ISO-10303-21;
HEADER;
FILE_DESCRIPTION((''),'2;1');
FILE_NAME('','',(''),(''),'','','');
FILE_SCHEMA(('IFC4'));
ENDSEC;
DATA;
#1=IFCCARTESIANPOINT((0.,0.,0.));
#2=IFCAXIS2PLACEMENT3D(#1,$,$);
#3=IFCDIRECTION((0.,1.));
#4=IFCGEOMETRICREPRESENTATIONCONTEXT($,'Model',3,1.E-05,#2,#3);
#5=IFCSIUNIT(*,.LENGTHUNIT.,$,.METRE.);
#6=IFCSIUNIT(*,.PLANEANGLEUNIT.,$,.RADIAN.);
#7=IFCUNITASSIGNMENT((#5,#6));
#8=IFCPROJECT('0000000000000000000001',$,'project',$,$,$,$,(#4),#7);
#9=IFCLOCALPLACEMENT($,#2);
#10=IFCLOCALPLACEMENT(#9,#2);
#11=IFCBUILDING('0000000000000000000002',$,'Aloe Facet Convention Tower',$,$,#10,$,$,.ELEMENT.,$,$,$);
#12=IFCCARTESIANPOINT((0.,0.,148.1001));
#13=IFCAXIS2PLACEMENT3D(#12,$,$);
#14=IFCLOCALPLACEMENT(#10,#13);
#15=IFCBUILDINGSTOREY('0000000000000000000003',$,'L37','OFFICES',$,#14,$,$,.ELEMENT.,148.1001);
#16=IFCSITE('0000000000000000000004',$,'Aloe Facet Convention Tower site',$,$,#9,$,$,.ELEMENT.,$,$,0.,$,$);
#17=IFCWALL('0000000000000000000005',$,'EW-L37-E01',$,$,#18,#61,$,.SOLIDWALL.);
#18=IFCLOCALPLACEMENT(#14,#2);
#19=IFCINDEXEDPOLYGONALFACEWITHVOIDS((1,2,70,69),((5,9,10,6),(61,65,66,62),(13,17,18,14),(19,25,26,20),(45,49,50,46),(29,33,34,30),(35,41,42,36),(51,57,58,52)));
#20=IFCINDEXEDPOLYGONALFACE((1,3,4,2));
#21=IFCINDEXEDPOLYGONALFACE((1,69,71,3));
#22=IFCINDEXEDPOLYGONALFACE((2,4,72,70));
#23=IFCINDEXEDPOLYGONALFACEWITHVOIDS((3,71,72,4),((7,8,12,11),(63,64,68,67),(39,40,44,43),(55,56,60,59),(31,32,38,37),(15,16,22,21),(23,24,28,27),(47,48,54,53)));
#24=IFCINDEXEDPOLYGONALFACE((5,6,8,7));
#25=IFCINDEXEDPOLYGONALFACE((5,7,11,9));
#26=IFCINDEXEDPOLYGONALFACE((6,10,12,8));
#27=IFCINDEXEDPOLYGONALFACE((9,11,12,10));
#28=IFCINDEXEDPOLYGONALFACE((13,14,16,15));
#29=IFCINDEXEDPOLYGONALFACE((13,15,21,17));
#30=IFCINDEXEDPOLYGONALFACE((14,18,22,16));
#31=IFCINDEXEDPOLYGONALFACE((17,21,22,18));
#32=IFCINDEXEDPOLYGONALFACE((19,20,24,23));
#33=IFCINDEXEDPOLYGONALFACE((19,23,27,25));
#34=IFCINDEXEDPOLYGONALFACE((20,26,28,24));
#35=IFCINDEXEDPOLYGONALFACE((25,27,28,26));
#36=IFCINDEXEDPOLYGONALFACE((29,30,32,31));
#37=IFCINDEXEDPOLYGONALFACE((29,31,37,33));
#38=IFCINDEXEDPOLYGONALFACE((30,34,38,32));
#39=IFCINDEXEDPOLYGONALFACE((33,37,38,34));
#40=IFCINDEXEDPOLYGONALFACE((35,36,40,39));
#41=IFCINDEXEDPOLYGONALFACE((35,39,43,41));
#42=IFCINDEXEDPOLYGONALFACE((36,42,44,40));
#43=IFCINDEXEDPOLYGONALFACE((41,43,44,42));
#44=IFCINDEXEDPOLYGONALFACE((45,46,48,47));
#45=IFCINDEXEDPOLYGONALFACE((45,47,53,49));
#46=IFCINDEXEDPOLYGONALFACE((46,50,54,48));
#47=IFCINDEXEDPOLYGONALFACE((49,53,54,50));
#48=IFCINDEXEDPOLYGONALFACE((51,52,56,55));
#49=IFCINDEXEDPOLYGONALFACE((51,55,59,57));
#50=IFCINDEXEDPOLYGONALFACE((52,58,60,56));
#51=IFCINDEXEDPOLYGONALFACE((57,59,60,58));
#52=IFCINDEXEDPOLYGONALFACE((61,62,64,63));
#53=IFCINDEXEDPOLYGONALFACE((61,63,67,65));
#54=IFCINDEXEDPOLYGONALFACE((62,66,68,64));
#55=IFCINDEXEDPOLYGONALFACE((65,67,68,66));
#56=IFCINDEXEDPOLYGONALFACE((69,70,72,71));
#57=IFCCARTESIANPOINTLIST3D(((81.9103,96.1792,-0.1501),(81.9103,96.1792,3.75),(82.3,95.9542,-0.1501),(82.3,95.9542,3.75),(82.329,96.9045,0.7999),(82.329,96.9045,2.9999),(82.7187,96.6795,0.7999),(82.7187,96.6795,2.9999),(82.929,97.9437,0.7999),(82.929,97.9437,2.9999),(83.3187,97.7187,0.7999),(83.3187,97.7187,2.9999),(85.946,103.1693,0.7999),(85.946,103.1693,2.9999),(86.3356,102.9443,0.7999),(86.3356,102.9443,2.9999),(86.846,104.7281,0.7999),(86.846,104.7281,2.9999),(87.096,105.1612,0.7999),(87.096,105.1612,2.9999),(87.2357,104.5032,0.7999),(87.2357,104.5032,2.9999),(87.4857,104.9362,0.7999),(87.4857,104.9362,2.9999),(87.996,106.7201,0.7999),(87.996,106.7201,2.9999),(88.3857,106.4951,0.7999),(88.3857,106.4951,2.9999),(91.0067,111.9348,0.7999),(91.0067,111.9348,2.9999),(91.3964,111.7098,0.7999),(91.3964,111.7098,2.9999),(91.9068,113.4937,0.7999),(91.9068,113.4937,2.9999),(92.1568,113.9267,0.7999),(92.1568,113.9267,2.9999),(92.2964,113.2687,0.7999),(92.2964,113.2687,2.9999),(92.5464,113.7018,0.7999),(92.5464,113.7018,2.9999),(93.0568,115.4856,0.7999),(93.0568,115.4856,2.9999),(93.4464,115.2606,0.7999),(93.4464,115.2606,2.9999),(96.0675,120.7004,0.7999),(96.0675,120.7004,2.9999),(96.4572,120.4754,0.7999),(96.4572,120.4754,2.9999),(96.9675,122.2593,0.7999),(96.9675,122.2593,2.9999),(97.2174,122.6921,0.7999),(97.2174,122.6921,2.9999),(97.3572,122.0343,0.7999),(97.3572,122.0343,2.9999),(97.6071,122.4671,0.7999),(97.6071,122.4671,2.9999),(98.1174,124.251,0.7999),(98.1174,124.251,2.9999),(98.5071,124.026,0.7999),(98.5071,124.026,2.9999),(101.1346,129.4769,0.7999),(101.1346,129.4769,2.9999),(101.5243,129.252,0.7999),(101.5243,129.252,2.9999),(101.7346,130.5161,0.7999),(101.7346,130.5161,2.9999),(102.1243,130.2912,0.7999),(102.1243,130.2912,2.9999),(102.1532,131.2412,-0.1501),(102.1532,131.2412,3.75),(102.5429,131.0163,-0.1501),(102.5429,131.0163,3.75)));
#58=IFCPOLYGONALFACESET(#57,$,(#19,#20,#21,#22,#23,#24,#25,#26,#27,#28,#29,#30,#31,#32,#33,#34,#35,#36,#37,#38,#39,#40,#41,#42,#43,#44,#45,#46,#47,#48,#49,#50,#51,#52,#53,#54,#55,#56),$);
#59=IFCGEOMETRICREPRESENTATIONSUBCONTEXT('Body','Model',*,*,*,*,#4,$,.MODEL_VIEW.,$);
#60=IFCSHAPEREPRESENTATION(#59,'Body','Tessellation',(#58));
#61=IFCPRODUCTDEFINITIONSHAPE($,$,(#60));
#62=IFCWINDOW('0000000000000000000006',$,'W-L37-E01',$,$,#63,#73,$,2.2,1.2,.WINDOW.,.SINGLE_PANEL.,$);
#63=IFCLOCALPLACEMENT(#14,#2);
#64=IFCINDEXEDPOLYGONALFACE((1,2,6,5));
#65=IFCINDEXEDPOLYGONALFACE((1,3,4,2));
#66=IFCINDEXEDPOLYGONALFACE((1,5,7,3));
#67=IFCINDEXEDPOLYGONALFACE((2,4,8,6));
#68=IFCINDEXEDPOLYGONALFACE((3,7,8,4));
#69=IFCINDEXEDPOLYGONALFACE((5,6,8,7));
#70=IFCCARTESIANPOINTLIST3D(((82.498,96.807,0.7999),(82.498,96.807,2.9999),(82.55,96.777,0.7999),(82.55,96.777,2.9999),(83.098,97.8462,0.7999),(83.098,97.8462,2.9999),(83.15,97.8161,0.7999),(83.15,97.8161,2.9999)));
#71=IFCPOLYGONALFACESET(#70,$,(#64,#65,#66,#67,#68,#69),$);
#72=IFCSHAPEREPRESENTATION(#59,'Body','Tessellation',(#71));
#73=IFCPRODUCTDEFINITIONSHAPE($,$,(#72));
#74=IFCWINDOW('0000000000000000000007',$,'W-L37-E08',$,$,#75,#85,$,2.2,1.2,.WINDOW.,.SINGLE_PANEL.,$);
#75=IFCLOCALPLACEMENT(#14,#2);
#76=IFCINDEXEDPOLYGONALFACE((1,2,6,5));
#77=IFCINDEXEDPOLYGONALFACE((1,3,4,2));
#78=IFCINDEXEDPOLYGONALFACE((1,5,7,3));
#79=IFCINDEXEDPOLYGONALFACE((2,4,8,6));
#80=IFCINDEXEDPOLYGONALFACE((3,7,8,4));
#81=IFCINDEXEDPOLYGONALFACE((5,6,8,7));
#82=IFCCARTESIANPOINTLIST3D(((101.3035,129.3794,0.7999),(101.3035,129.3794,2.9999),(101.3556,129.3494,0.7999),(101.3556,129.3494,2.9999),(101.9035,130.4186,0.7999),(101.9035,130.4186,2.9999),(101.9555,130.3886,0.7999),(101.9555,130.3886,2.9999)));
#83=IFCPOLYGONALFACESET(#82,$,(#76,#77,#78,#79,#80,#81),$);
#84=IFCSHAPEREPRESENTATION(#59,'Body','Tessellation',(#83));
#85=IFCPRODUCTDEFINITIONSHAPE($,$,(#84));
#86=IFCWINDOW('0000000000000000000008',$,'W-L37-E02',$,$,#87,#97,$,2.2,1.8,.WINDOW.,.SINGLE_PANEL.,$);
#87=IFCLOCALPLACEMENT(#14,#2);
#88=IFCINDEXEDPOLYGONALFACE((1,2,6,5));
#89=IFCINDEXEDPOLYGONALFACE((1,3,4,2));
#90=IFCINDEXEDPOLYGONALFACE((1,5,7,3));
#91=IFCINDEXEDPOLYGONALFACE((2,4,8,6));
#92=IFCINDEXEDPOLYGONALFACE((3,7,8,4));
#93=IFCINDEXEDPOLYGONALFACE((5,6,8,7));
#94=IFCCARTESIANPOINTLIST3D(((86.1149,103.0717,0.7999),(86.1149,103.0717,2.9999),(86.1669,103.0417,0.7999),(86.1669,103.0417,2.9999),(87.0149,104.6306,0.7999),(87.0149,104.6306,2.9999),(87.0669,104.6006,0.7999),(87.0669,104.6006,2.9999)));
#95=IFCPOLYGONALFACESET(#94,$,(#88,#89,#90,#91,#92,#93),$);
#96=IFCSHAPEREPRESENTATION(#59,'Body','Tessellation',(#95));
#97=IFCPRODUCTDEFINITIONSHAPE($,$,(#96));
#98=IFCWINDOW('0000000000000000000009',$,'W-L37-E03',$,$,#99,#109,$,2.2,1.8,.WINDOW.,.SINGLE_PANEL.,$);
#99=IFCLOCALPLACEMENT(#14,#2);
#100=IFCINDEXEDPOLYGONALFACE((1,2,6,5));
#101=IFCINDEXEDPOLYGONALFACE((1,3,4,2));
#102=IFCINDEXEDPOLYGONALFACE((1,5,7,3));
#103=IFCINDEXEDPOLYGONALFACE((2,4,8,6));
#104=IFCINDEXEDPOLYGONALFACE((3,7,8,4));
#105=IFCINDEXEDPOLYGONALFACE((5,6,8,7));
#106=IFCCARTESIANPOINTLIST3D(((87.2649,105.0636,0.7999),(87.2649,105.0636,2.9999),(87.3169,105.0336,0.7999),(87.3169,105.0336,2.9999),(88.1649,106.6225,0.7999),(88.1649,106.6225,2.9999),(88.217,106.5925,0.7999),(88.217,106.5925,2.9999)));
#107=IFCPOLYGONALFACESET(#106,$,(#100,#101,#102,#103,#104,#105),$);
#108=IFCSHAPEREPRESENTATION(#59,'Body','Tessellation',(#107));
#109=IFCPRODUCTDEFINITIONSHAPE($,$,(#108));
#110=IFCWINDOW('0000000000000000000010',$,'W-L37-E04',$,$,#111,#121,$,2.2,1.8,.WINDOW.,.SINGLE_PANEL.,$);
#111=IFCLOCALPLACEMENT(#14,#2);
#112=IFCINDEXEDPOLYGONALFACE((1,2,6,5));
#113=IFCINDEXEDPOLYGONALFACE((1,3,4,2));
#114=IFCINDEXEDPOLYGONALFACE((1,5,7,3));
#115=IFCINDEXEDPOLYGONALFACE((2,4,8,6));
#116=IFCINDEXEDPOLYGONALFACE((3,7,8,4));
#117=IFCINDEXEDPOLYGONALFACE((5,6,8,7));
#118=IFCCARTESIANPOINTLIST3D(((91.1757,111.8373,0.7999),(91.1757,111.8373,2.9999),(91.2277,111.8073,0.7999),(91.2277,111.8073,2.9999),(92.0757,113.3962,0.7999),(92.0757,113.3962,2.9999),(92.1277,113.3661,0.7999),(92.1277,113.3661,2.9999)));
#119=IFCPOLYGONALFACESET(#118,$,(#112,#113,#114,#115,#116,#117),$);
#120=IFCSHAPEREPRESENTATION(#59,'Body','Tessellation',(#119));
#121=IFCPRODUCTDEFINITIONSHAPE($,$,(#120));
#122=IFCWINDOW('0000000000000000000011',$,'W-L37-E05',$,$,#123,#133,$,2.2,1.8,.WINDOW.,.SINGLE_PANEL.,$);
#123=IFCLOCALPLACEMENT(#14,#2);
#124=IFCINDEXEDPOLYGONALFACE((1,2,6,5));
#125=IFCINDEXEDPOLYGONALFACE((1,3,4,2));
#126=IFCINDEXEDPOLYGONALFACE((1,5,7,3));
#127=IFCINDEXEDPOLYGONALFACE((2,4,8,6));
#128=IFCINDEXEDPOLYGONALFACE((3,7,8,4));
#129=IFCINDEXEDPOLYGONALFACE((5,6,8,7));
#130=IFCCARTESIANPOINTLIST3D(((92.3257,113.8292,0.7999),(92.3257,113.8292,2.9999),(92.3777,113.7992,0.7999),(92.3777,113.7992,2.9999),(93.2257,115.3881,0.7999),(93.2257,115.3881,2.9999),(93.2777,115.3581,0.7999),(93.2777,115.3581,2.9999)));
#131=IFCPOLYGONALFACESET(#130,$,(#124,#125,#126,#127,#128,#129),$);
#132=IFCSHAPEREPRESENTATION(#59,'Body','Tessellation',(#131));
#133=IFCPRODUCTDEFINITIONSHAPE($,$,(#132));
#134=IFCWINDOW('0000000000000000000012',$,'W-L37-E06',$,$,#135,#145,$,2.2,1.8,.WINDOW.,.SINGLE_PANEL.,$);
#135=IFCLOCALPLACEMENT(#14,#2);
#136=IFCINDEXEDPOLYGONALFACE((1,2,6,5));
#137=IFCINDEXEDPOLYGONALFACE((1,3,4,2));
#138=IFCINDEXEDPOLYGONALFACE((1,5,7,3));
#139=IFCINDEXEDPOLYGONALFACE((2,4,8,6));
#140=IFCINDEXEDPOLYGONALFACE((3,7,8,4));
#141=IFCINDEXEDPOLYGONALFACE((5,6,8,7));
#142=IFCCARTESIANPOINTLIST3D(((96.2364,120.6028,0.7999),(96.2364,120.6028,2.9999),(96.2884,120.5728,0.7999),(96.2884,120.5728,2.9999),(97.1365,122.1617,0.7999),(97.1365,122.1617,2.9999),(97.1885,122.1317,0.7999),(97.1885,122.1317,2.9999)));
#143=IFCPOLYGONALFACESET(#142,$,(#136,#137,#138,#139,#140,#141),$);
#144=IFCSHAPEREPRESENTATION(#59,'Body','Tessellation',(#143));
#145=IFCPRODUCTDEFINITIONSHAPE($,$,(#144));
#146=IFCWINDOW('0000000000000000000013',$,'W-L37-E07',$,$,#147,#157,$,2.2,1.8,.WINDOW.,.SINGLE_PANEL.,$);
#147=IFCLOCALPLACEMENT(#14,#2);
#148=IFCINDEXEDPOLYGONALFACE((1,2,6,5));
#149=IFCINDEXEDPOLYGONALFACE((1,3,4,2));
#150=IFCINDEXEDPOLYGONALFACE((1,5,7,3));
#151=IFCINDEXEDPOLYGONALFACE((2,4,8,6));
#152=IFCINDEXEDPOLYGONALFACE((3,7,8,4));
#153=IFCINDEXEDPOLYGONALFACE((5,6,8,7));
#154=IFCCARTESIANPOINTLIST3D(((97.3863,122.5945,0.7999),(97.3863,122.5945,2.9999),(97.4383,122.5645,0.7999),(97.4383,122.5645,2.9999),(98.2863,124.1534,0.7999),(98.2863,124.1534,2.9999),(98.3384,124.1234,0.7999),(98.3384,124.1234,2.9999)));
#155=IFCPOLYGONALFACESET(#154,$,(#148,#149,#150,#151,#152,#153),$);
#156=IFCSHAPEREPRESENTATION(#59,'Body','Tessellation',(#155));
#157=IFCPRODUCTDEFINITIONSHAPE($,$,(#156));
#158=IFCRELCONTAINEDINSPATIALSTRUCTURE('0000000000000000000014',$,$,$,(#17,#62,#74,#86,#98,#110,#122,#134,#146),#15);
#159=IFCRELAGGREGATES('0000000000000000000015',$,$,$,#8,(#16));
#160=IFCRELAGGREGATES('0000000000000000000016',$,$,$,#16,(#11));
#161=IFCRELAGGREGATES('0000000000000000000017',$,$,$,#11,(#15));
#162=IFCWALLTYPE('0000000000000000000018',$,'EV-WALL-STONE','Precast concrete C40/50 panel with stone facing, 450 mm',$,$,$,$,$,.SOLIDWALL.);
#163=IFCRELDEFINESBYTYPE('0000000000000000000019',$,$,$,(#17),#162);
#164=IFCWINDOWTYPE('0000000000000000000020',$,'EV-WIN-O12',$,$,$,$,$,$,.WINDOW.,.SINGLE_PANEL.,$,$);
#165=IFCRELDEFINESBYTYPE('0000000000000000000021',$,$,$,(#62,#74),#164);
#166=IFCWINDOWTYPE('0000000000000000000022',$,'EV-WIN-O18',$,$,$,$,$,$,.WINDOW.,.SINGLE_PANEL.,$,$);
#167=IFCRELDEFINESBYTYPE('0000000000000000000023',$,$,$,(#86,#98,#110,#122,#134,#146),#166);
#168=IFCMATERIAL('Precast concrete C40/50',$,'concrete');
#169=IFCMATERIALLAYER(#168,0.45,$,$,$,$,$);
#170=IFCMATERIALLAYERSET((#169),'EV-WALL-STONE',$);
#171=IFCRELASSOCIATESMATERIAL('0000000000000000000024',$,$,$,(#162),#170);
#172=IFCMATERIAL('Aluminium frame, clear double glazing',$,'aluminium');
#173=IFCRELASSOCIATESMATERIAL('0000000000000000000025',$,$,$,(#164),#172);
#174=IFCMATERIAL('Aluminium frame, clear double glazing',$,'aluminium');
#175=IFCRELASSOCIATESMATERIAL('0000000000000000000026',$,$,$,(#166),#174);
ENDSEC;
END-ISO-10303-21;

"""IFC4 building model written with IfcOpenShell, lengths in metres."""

from ifc_helpers import new_model, si_unit, direction, frame, frame_2d, origin, place, context, subcontext, project, spatial, polyline, rectangle, outline, extrude, material, layer, layer_set, type_object, element, fill, save


model = new_model("IFC4")

# Units and contexts
model_context = context("Model", 3, precision=1e-05, world=origin(), true_north=direction((0.0, 1.0)))
body_context = subcontext(model_context, "Body", "Model", "MODEL_VIEW")
ifc_project = project(units=[si_unit("LENGTHUNIT", "METRE"), si_unit("PLANEANGLEUNIT", "RADIAN")], contexts=[model_context])

# Site, building, storey
site_placement = place(None, origin())
site = spatial("IfcSite", under=ifc_project, at=site_placement, Name="Aloe Facet Convention Tower site", CompositionType="ELEMENT", RefElevation=0.0)
building_placement = place(site_placement, origin())
building = spatial("IfcBuilding", under=site, at=building_placement, Name="Aloe Facet Convention Tower", CompositionType="ELEMENT")
storey_placement = place(building_placement, frame((0.0, 0.0, 148.1001)))
storey = spatial("IfcBuildingStorey", under=building, at=storey_placement, Name="L37", Description="OFFICES", CompositionType="ELEMENT", Elevation=148.1001)

# Wall, openings, windows
ifc_material_1 = material(Name="Precast concrete C40/50", Category="concrete")
ifc_layer_1 = layer(ifc_material_1, 0.45)
ifc_layer_set_1 = layer_set([ifc_layer_1], Name="EV-WALL-STONE")
wall_type_1 = type_object("IfcWallType", Name="EV-WALL-STONE", Description="Precast concrete C40/50 panel with stone facing, 450 mm", PredefinedType="SOLIDWALL", material=ifc_layer_set_1)
wall_1_placement = place(storey_placement, frame((82.1052, 96.0667, -0.1501), z_axis=(0.0, 0.0, 1.0), x_axis=(0.499997, 0.866027, 0.0)))
wall_1 = element("IfcWall", 1, at=wall_1_placement, inside=storey, type_object=wall_type_1, Name="EW-L37-E01", PredefinedType="SOLIDWALL", context=body_context, shape_type="SweptSolid", body=[
    extrude(outline(polyline([(40.4861, 0.0), (40.4861, 3.9001), (0.0, 3.9001), (0.0, 0.0), (40.4861, 0.0)])), frame((0.0, 0.2251, 0.0), z_axis=(0.0, -1.0, 0.0), x_axis=(1.0, 0.0, 0.0)), (0.0, 0.0, 1.0), 0.45),
])
opening_1_placement = place(wall_1_placement, frame((0.8374, 0.0, 0.95)))
opening_1 = element("IfcOpeningElement", 2, at=opening_1_placement, cuts=wall_1, PredefinedType="OPENING", context=body_context, shape_type="SweptSolid", body=[
    extrude(rectangle(XDim=1.2, YDim=2.2, at=frame_2d((0.6001, 1.1001))), frame((0.0, 0.2349, 0.0), z_axis=(0.0, -1.0, 0.0), x_axis=(1.0, 0.0, 0.0)), (0.0, 0.0, 1.0), 0.47),
])
opening_2_placement = place(wall_1_placement, frame((8.0715, 0.0, 0.95)))
opening_2 = element("IfcOpeningElement", 3, at=opening_2_placement, cuts=wall_1, PredefinedType="OPENING", context=body_context, shape_type="SweptSolid", body=[
    extrude(rectangle(XDim=1.8, YDim=2.2, at=frame_2d((0.8999, 1.1001))), frame((0.0, 0.2349, 0.0), z_axis=(0.0, -1.0, 0.0), x_axis=(1.0, 0.0, 0.0)), (0.0, 0.0, 1.0), 0.47),
])
opening_3_placement = place(wall_1_placement, frame((10.3716, 0.0, 0.95)))
opening_3 = element("IfcOpeningElement", 4, at=opening_3_placement, cuts=wall_1, PredefinedType="OPENING", context=body_context, shape_type="SweptSolid", body=[
    extrude(rectangle(XDim=1.8, YDim=2.2, at=frame_2d((0.8999, 1.1001))), frame((0.0, 0.2349, 0.0), z_axis=(0.0, -1.0, 0.0), x_axis=(1.0, 0.0, 0.0)), (0.0, 0.0, 1.0), 0.47),
])
opening_4_placement = place(wall_1_placement, frame((18.1931, 0.0, 0.95)))
opening_4 = element("IfcOpeningElement", 5, at=opening_4_placement, cuts=wall_1, PredefinedType="OPENING", context=body_context, shape_type="SweptSolid", body=[
    extrude(rectangle(XDim=1.8, YDim=2.2, at=frame_2d((0.8999, 1.1001))), frame((0.0, 0.2349, 0.0), z_axis=(0.0, -1.0, 0.0), x_axis=(1.0, 0.0, 0.0)), (0.0, 0.0, 1.0), 0.47),
])
opening_5_placement = place(wall_1_placement, frame((20.4932, 0.0, 0.95)))
opening_5 = element("IfcOpeningElement", 6, at=opening_5_placement, cuts=wall_1, PredefinedType="OPENING", context=body_context, shape_type="SweptSolid", body=[
    extrude(rectangle(XDim=1.8, YDim=2.2, at=frame_2d((0.8999, 1.1001))), frame((0.0, 0.2349, 0.0), z_axis=(0.0, -1.0, 0.0), x_axis=(1.0, 0.0, 0.0)), (0.0, 0.0, 1.0), 0.47),
])
opening_6_placement = place(wall_1_placement, frame((28.3147, 0.0, 0.95)))
opening_6 = element("IfcOpeningElement", 7, at=opening_6_placement, cuts=wall_1, PredefinedType="OPENING", context=body_context, shape_type="SweptSolid", body=[
    extrude(rectangle(XDim=1.8, YDim=2.2, at=frame_2d((0.8999, 1.1001))), frame((0.0, 0.2349, 0.0), z_axis=(0.0, -1.0, 0.0), x_axis=(1.0, 0.0, 0.0)), (0.0, 0.0, 1.0), 0.47),
])
opening_7_placement = place(wall_1_placement, frame((30.6145, 0.0, 0.95)))
opening_7 = element("IfcOpeningElement", 8, at=opening_7_placement, cuts=wall_1, PredefinedType="OPENING", context=body_context, shape_type="SweptSolid", body=[
    extrude(rectangle(XDim=1.8, YDim=2.2, at=frame_2d((0.8999, 1.1001))), frame((0.0, 0.2349, 0.0), z_axis=(0.0, -1.0, 0.0), x_axis=(1.0, 0.0, 0.0)), (0.0, 0.0, 1.0), 0.47),
])
opening_8_placement = place(wall_1_placement, frame((38.4487, 0.0, 0.95)))
opening_8 = element("IfcOpeningElement", 9, at=opening_8_placement, cuts=wall_1, PredefinedType="OPENING", context=body_context, shape_type="SweptSolid", body=[
    extrude(rectangle(XDim=1.2, YDim=2.2, at=frame_2d((0.6001, 1.1001))), frame((0.0, 0.2349, 0.0), z_axis=(0.0, -1.0, 0.0), x_axis=(1.0, 0.0, 0.0)), (0.0, 0.0, 1.0), 0.47),
])
ifc_material_2 = material(Name="Aluminium frame, clear double glazing", Category="aluminium")
window_type_1 = type_object("IfcWindowType", Name="EV-WIN-O12", PartitioningType="SINGLE_PANEL", PredefinedType="WINDOW", material=ifc_material_2)
window_1_placement = place(opening_1_placement, origin())
window_1 = element("IfcWindow", 10, at=window_1_placement, inside=storey, type_object=window_type_1, Name="W-L37-E01", OverallHeight=2.2, OverallWidth=1.2, PartitioningType="SINGLE_PANEL", PredefinedType="WINDOW", context=body_context, shape_type="SweptSolid", body=[
    extrude(rectangle(XDim=1.2, YDim=2.2, at=frame_2d((0.6001, 1.1001))), frame((0.0, 0.03, 0.0), z_axis=(0.0, -1.0, 0.0), x_axis=(1.0, 0.0, 0.0)), (0.0, 0.0, 1.0), 0.0601),
])
fill(opening_1, window_1)
window_2_placement = place(opening_8_placement, origin())
window_2 = element("IfcWindow", 11, at=window_2_placement, inside=storey, type_object=window_type_1, Name="W-L37-E08", OverallHeight=2.2, OverallWidth=1.2, PartitioningType="SINGLE_PANEL", PredefinedType="WINDOW", context=body_context, shape_type="SweptSolid", body=[
    extrude(rectangle(XDim=1.2, YDim=2.2, at=frame_2d((0.6001, 1.1001))), frame((0.0, 0.03, 0.0), z_axis=(0.0, -1.0, 0.0), x_axis=(1.0, 0.0, 0.0)), (0.0, 0.0, 1.0), 0.0601),
])
fill(opening_8, window_2)
ifc_material_3 = material(Name="Aluminium frame, clear double glazing", Category="aluminium")
window_type_2 = type_object("IfcWindowType", Name="EV-WIN-O18", PartitioningType="SINGLE_PANEL", PredefinedType="WINDOW", material=ifc_material_3)
window_3_placement = place(opening_2_placement, origin())
window_3 = element("IfcWindow", 12, at=window_3_placement, inside=storey, type_object=window_type_2, Name="W-L37-E02", OverallHeight=2.2, OverallWidth=1.8, PartitioningType="SINGLE_PANEL", PredefinedType="WINDOW", context=body_context, shape_type="SweptSolid", body=[
    extrude(rectangle(XDim=1.8, YDim=2.2, at=frame_2d((0.8999, 1.1001))), frame((0.0, 0.03, 0.0), z_axis=(0.0, -1.0, 0.0), x_axis=(1.0, 0.0, 0.0)), (0.0, 0.0, 1.0), 0.0601),
])
fill(opening_2, window_3)
window_4_placement = place(opening_3_placement, origin())
window_4 = element("IfcWindow", 13, at=window_4_placement, inside=storey, type_object=window_type_2, Name="W-L37-E03", OverallHeight=2.2, OverallWidth=1.8, PartitioningType="SINGLE_PANEL", PredefinedType="WINDOW", context=body_context, shape_type="SweptSolid", body=[
    extrude(rectangle(XDim=1.8, YDim=2.2, at=frame_2d((0.8999, 1.1001))), frame((0.0, 0.03, 0.0), z_axis=(0.0, -1.0, 0.0), x_axis=(1.0, 0.0, 0.0)), (0.0, 0.0, 1.0), 0.0601),
])
fill(opening_3, window_4)
window_5_placement = place(opening_4_placement, origin())
window_5 = element("IfcWindow", 14, at=window_5_placement, inside=storey, type_object=window_type_2, Name="W-L37-E04", OverallHeight=2.2, OverallWidth=1.8, PartitioningType="SINGLE_PANEL", PredefinedType="WINDOW", context=body_context, shape_type="SweptSolid", body=[
    extrude(rectangle(XDim=1.8, YDim=2.2, at=frame_2d((0.8999, 1.1001))), frame((0.0, 0.03, 0.0), z_axis=(0.0, -1.0, 0.0), x_axis=(1.0, 0.0, 0.0)), (0.0, 0.0, 1.0), 0.0601),
])
fill(opening_4, window_5)
window_6_placement = place(opening_5_placement, origin())
window_6 = element("IfcWindow", 15, at=window_6_placement, inside=storey, type_object=window_type_2, Name="W-L37-E05", OverallHeight=2.2, OverallWidth=1.8, PartitioningType="SINGLE_PANEL", PredefinedType="WINDOW", context=body_context, shape_type="SweptSolid", body=[
    extrude(rectangle(XDim=1.8, YDim=2.2, at=frame_2d((0.8999, 1.1001))), frame((0.0, 0.03, 0.0), z_axis=(0.0, -1.0, 0.0), x_axis=(1.0, 0.0, 0.0)), (0.0, 0.0, 1.0), 0.0601),
])
fill(opening_5, window_6)
window_7_placement = place(opening_6_placement, origin())
window_7 = element("IfcWindow", 16, at=window_7_placement, inside=storey, type_object=window_type_2, Name="W-L37-E06", OverallHeight=2.2, OverallWidth=1.8, PartitioningType="SINGLE_PANEL", PredefinedType="WINDOW", context=body_context, shape_type="SweptSolid", body=[
    extrude(rectangle(XDim=1.8, YDim=2.2, at=frame_2d((0.8999, 1.1001))), frame((0.0, 0.03, 0.0), z_axis=(0.0, -1.0, 0.0), x_axis=(1.0, 0.0, 0.0)), (0.0, 0.0, 1.0), 0.0601),
])
fill(opening_6, window_7)
window_8_placement = place(opening_7_placement, origin())
window_8 = element("IfcWindow", 17, at=window_8_placement, inside=storey, type_object=window_type_2, Name="W-L37-E07", OverallHeight=2.2, OverallWidth=1.8, PartitioningType="SINGLE_PANEL", PredefinedType="WINDOW", context=body_context, shape_type="SweptSolid", body=[
    extrude(rectangle(XDim=1.8, YDim=2.2, at=frame_2d((0.8999, 1.1001))), frame((0.0, 0.03, 0.0), z_axis=(0.0, -1.0, 0.0), x_axis=(1.0, 0.0, 0.0)), (0.0, 0.0, 1.0), 0.0601),
])
fill(opening_7, window_8)

save(model, "model.ifc")
